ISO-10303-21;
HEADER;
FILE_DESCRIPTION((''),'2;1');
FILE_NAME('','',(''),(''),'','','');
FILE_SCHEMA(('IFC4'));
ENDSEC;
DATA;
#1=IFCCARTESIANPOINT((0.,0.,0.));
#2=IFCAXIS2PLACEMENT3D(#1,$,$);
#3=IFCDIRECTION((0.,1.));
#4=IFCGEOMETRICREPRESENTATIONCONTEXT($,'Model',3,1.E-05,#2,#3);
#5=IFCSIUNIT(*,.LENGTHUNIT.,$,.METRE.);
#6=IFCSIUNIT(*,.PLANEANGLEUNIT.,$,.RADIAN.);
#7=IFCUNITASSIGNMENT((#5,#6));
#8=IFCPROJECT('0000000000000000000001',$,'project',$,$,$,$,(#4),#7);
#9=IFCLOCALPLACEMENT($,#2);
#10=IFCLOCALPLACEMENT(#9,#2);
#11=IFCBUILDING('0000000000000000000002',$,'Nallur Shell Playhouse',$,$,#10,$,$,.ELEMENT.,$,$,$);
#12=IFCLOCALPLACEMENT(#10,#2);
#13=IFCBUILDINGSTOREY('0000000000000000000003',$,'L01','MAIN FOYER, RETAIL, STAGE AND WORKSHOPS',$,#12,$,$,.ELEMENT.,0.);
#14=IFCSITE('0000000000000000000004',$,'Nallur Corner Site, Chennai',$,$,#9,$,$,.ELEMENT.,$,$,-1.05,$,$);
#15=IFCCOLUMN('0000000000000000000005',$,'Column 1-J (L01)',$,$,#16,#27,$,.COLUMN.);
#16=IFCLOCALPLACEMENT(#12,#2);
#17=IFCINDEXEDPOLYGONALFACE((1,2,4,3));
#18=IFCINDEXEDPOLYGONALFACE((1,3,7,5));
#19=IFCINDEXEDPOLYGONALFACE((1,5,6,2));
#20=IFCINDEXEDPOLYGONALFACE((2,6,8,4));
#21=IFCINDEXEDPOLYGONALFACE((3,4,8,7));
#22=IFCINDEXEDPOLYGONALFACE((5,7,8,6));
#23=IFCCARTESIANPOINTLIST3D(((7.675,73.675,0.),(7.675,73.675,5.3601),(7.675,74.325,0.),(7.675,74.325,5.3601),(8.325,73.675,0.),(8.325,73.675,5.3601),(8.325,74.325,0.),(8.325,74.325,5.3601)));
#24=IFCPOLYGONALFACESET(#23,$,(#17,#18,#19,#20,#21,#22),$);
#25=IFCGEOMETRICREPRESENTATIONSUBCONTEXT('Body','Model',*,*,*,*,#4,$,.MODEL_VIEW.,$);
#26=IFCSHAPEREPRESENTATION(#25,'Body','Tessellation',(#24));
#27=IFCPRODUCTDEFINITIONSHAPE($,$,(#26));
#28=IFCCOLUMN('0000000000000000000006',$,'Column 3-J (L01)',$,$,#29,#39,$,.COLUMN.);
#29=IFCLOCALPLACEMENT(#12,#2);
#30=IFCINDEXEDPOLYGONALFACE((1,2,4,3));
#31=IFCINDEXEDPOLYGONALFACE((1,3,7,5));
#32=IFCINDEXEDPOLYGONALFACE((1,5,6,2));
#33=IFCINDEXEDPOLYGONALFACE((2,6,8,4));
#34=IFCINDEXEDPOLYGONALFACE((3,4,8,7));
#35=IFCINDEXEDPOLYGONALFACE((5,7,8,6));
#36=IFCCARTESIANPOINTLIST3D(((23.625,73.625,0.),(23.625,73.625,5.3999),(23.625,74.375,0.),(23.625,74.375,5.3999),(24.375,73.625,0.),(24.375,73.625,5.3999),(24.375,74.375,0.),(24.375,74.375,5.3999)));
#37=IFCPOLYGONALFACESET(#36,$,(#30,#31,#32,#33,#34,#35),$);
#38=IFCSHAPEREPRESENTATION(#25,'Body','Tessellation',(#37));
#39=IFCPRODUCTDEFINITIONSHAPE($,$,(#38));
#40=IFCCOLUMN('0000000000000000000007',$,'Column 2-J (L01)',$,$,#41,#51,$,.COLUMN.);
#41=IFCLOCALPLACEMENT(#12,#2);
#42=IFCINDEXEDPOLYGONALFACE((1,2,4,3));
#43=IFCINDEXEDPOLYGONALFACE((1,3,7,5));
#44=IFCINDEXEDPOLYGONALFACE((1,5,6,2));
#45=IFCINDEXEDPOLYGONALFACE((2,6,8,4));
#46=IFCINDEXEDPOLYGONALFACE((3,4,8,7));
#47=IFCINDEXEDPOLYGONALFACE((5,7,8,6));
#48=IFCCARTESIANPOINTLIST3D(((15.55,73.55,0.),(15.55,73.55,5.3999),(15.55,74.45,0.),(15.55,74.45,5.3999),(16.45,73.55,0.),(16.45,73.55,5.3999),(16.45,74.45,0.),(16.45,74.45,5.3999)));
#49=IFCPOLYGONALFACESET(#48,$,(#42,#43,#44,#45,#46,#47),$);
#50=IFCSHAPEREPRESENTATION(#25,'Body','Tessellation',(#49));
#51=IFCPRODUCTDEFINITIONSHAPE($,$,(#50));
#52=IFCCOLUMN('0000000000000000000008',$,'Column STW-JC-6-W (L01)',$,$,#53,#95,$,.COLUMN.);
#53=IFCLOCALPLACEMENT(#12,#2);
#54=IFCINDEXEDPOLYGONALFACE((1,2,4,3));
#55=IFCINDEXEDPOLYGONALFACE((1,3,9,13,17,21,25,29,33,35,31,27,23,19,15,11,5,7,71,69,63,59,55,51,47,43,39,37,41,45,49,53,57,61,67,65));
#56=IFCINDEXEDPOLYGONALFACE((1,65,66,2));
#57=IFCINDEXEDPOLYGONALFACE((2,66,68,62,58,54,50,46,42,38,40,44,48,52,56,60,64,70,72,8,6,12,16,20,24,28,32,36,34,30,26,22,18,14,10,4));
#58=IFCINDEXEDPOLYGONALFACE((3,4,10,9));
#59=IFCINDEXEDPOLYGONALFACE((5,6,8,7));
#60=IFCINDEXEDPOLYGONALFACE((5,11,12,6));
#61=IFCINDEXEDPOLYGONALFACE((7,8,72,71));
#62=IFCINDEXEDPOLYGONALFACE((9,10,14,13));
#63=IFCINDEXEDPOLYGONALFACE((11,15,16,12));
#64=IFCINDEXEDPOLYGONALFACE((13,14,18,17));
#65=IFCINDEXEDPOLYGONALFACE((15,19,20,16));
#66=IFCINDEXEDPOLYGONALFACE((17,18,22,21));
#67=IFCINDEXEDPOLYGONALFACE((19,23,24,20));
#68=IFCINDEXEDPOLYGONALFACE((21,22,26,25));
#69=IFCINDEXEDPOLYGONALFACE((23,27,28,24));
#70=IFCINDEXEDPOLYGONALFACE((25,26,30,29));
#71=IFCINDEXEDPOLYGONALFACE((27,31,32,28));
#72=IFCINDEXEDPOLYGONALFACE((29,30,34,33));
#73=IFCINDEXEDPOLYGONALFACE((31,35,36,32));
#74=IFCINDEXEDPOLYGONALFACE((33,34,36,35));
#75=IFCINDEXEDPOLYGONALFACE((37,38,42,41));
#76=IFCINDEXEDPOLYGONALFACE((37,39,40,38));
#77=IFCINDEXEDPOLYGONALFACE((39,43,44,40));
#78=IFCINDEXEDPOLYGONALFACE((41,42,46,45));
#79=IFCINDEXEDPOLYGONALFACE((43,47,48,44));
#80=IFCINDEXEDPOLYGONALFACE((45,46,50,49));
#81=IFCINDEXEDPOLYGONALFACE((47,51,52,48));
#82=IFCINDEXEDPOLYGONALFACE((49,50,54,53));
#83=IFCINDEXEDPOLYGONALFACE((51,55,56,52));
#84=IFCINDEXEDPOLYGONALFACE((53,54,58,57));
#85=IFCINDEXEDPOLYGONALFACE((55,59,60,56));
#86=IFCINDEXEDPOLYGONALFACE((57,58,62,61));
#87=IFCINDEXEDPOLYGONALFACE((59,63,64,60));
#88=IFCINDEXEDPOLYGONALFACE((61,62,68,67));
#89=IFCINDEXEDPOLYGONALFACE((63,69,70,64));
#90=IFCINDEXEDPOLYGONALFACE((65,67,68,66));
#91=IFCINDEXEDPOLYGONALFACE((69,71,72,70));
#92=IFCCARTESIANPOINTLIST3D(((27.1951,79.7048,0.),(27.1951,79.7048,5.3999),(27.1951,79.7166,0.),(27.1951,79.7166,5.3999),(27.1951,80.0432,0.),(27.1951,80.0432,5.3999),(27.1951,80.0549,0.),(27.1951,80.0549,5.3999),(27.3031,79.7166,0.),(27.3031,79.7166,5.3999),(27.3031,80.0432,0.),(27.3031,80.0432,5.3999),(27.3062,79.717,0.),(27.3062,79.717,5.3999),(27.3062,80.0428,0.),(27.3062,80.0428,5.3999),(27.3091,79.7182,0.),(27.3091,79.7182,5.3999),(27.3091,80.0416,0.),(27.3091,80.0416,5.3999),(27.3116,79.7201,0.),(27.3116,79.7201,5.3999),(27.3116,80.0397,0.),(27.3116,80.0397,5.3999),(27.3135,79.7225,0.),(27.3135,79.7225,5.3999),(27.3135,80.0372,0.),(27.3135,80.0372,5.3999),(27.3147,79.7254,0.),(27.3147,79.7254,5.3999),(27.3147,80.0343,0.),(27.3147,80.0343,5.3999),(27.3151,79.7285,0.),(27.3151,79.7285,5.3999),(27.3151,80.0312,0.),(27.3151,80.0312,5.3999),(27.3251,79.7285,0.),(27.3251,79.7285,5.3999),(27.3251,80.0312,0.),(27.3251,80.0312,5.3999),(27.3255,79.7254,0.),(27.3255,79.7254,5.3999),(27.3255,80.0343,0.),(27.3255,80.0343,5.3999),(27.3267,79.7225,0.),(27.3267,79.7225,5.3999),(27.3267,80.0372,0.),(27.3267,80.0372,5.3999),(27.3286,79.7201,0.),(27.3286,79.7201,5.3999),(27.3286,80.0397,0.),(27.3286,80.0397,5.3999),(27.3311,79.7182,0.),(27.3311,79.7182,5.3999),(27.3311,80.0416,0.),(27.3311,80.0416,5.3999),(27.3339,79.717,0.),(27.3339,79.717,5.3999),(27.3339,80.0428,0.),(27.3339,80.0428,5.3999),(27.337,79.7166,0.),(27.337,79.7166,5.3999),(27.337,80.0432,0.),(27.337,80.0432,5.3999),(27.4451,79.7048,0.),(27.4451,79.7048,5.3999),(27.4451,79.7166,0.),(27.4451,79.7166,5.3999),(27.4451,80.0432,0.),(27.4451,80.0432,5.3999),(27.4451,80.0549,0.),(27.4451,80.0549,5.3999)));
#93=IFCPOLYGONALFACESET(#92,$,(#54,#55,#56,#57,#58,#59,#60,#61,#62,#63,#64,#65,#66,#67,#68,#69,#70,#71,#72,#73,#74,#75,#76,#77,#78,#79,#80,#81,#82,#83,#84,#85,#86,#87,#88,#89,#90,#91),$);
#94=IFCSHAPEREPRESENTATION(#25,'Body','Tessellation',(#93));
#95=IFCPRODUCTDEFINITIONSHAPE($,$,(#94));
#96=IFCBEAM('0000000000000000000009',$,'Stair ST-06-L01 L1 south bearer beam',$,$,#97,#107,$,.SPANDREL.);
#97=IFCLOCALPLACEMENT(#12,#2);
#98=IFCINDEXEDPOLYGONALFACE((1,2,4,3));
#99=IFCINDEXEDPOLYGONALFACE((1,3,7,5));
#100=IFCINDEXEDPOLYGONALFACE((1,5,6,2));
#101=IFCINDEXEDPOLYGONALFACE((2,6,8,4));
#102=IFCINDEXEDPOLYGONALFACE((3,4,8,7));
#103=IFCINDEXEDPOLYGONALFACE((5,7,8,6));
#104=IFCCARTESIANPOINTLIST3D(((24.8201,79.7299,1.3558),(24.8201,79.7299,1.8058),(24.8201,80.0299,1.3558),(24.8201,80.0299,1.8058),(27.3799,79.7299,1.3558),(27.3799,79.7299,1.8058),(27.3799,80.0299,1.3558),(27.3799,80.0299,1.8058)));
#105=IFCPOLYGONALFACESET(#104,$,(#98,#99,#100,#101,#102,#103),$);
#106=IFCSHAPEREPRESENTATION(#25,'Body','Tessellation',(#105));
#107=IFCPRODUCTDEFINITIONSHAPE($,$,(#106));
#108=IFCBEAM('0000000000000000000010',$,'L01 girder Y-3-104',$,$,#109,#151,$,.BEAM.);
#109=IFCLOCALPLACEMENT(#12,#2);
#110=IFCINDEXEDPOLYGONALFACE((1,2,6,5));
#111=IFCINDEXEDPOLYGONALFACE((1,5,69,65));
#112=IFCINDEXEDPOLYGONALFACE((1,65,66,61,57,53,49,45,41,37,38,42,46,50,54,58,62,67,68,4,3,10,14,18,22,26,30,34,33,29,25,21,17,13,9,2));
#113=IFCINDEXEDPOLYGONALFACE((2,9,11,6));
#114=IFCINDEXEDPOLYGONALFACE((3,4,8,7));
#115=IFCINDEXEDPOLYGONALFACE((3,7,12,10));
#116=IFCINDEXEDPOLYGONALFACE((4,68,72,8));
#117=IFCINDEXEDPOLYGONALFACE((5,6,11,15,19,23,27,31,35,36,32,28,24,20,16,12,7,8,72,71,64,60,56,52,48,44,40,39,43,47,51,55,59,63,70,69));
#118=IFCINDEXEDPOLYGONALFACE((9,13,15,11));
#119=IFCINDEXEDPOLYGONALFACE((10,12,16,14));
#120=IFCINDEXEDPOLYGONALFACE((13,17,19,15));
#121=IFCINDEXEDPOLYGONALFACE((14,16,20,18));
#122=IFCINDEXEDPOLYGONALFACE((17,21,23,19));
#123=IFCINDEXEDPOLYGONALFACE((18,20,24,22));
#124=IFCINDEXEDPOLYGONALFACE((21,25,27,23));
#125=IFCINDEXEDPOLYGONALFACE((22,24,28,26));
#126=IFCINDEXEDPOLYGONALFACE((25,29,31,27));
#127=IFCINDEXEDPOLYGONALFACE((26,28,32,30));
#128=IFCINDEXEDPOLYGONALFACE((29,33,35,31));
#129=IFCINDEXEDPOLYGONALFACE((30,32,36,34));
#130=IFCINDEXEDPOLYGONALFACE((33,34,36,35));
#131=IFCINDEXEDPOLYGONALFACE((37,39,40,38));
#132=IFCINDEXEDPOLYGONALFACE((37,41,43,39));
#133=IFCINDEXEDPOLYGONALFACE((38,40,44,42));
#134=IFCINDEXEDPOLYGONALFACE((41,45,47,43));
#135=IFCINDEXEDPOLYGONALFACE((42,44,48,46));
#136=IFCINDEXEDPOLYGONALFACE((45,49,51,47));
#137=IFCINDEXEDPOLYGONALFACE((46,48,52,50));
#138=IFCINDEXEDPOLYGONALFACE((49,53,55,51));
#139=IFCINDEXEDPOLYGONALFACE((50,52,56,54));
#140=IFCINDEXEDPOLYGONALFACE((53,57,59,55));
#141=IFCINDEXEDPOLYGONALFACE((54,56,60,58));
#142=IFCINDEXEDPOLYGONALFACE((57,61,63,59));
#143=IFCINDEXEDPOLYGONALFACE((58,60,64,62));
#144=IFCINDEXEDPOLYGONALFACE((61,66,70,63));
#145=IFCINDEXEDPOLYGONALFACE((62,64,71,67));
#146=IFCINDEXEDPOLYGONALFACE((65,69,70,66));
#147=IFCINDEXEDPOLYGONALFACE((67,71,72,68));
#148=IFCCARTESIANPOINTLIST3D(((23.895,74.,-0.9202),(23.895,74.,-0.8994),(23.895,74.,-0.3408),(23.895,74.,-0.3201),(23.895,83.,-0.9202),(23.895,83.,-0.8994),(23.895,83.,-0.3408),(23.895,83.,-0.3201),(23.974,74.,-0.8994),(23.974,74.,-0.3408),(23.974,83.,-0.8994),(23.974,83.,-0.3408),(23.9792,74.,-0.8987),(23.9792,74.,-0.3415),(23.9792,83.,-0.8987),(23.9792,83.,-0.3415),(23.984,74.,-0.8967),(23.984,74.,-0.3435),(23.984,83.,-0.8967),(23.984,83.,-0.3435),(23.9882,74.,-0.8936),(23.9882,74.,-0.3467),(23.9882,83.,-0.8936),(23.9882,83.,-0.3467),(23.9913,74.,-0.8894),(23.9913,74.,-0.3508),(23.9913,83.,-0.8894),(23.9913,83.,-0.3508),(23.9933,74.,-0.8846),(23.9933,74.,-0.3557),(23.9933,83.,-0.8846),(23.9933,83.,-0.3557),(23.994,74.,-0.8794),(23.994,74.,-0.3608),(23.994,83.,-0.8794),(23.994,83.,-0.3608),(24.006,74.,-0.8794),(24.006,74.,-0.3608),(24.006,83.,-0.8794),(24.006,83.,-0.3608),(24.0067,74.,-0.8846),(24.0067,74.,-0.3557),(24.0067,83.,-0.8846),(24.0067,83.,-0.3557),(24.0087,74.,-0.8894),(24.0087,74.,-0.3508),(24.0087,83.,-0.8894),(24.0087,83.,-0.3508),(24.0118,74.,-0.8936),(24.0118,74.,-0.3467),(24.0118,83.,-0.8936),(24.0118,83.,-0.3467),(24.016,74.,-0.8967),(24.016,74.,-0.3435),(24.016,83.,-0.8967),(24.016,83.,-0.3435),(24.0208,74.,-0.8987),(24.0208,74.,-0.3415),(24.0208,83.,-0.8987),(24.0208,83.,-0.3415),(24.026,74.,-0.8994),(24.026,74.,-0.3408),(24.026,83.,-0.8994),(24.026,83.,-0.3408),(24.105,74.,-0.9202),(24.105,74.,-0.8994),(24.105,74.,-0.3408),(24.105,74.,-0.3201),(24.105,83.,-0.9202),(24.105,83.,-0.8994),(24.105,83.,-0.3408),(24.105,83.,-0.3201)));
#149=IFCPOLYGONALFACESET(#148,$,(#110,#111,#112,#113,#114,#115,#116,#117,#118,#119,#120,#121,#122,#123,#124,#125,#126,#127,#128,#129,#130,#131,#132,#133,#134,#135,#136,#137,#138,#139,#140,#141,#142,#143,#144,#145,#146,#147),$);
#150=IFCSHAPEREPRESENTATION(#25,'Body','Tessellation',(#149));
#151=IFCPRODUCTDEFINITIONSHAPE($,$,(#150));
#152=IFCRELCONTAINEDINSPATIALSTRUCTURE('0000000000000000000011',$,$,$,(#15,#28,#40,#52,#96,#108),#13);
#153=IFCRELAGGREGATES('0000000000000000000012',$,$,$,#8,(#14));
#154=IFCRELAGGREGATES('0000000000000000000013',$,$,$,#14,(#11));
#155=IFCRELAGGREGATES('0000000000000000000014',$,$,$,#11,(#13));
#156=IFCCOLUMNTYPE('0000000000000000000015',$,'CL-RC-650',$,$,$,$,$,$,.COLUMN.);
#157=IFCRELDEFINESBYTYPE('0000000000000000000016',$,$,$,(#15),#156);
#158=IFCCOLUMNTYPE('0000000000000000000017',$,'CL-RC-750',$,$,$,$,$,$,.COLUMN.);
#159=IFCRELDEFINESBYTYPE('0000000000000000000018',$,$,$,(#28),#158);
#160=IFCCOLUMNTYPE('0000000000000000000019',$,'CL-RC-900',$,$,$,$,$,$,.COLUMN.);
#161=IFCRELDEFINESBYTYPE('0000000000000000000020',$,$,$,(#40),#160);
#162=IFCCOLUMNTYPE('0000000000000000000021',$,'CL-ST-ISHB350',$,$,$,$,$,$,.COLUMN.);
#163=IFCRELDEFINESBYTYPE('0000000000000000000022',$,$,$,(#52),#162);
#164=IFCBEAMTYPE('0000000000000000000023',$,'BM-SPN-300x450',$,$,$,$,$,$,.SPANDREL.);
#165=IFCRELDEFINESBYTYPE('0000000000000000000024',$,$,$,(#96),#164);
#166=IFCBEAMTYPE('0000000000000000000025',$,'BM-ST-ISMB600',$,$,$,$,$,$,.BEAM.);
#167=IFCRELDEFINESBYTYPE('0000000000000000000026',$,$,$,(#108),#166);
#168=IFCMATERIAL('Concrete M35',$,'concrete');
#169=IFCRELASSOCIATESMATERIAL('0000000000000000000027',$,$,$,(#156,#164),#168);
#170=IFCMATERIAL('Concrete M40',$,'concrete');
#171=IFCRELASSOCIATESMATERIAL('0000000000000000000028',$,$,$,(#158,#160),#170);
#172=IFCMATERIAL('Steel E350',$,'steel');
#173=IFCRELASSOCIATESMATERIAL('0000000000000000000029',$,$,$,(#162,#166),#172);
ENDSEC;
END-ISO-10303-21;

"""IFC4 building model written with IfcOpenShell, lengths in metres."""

from ifc_helpers import new_model, si_unit, direction, frame, origin, origin_2d, place, context, subcontext, project, spatial, rectangle, i_section, extrude, material, material_profile, profile_set, type_object, element, save


model = new_model("IFC4")

# Units and contexts
model_context = context("Model", 3, precision=1e-05, world=origin(), true_north=direction((0.0, 1.0)))
body_context = subcontext(model_context, "Body", "Model", "MODEL_VIEW")
ifc_project = project(units=[si_unit("LENGTHUNIT", "METRE"), si_unit("PLANEANGLEUNIT", "RADIAN")], contexts=[model_context])

# Site, building, storey
site_placement = place(None, origin())
site = spatial("IfcSite", under=ifc_project, at=site_placement, Name="Nallur Corner Site, Chennai", CompositionType="ELEMENT", RefElevation=-1.05)
building_placement = place(site_placement, origin())
building = spatial("IfcBuilding", under=site, at=building_placement, Name="Nallur Shell Playhouse", CompositionType="ELEMENT")
storey_placement = place(building_placement, origin())
storey = spatial("IfcBuildingStorey", under=building, at=storey_placement, Name="L01", Description="MAIN FOYER, RETAIL, STAGE AND WORKSHOPS", CompositionType="ELEMENT", Elevation=0.0)

# Columns
ifc_material_1 = material(Name="Concrete M35", Category="concrete")
ifc_material_profile_1 = material_profile(ifc_material_1, rectangle(XDim=0.6499, YDim=0.6499, at=origin_2d()), Name="RC 650x650")
ifc_profile_set_1 = profile_set([ifc_material_profile_1], Name="Concrete M35")
column_type_1 = type_object("IfcColumnType", Name="CL-RC-650", PredefinedType="COLUMN", material=ifc_profile_set_1)
column_1_placement = place(storey_placement, frame((8.0, 74.0, 0.0), z_axis=(0.0, 0.0, 1.0), x_axis=(1.0, 0.0, 0.0)))
element("IfcColumn", 1, at=column_1_placement, inside=storey, type_object=column_type_1, Name="Column 1-J (L01)", PredefinedType="COLUMN", context=body_context, shape_type="SweptSolid", body=[
    extrude(rectangle(XDim=0.6499, YDim=0.6499, at=origin_2d()), origin(), (0.0, 0.0, 1.0), 5.3601),
])
ifc_material_2 = material(Name="Concrete M40", Category="concrete")
ifc_material_profile_2 = material_profile(ifc_material_2, rectangle(XDim=0.75, YDim=0.75, at=origin_2d()), Name="RC 750x750")
ifc_profile_set_2 = profile_set([ifc_material_profile_2], Name="Concrete M40")
column_type_2 = type_object("IfcColumnType", Name="CL-RC-750", PredefinedType="COLUMN", material=ifc_profile_set_2)
column_2_placement = place(storey_placement, frame((24.0, 74.0, 0.0), z_axis=(0.0, 0.0, 1.0), x_axis=(1.0, 0.0, 0.0)))
element("IfcColumn", 2, at=column_2_placement, inside=storey, type_object=column_type_2, Name="Column 3-J (L01)", PredefinedType="COLUMN", context=body_context, shape_type="SweptSolid", body=[
    extrude(rectangle(XDim=0.75, YDim=0.75, at=origin_2d()), origin(), (0.0, 0.0, 1.0), 5.3999),
])
ifc_material_profile_3 = material_profile(ifc_material_2, rectangle(XDim=0.8999, YDim=0.8999, at=origin_2d()), Name="RC 900x900")
ifc_profile_set_3 = profile_set([ifc_material_profile_3], Name="Concrete M40")
column_type_3 = type_object("IfcColumnType", Name="CL-RC-900", PredefinedType="COLUMN", material=ifc_profile_set_3)
column_3_placement = place(storey_placement, frame((16.0, 74.0, 0.0), z_axis=(0.0, 0.0, 1.0), x_axis=(1.0, 0.0, 0.0)))
element("IfcColumn", 3, at=column_3_placement, inside=storey, type_object=column_type_3, Name="Column 2-J (L01)", PredefinedType="COLUMN", context=body_context, shape_type="SweptSolid", body=[
    extrude(rectangle(XDim=0.8999, YDim=0.8999, at=origin_2d()), origin(), (0.0, 0.0, 1.0), 5.3999),
])
ifc_material_3 = material(Name="Steel E350", Category="steel")
ifc_material_profile_4 = material_profile(ifc_material_3, i_section(OverallWidth=0.25, OverallDepth=0.3501, WebThickness=0.01, FlangeThickness=0.0117, FilletRadius=0.012, at=origin_2d()), Name="ISHB 350")
ifc_profile_set_4 = profile_set([ifc_material_profile_4], Name="Steel E350")
column_type_4 = type_object("IfcColumnType", Name="CL-ST-ISHB350", PredefinedType="COLUMN", material=ifc_profile_set_4)
column_4_placement = place(storey_placement, frame((27.3201, 79.8799, 0.0), z_axis=(0.0, 0.0, 1.0), x_axis=(1.0, 0.0, 0.0)))
element("IfcColumn", 4, at=column_4_placement, inside=storey, type_object=column_type_4, Name="Column STW-JC-6-W (L01)", PredefinedType="COLUMN", context=body_context, shape_type="SweptSolid", body=[
    extrude(i_section(OverallWidth=0.25, OverallDepth=0.3501, WebThickness=0.01, FlangeThickness=0.0117, FilletRadius=0.012, at=origin_2d()), origin(), (0.0, 0.0, 1.0), 5.3999),
])

# Beams
ifc_material_profile_5 = material_profile(ifc_material_1, rectangle(XDim=0.3, YDim=0.45, at=origin_2d()), Name="RC 300x450")
ifc_profile_set_5 = profile_set([ifc_material_profile_5], Name="Concrete M35")
beam_type_1 = type_object("IfcBeamType", Name="BM-SPN-300x450", PredefinedType="SPANDREL", material=ifc_profile_set_5)
beam_1_placement = place(storey_placement, frame((24.8201, 79.8799, 1.5808), z_axis=(1.0, 0.0, 0.0), x_axis=(0.0, 1.0, 0.0)))
element("IfcBeam", 5, at=beam_1_placement, inside=storey, type_object=beam_type_1, Name="Stair ST-06-L01 L1 south bearer beam", PredefinedType="SPANDREL", context=body_context, shape_type="SweptSolid", body=[
    extrude(rectangle(XDim=0.3, YDim=0.45, at=origin_2d()), origin(), (0.0, 0.0, 1.0), 2.5598),
])
ifc_material_profile_6 = material_profile(ifc_material_3, i_section(OverallWidth=0.21, OverallDepth=0.6001, WebThickness=0.012, FlangeThickness=0.0208, FilletRadius=0.02, at=origin_2d()), Name="ISMB 600")
ifc_profile_set_6 = profile_set([ifc_material_profile_6], Name="Steel E350")
beam_type_2 = type_object("IfcBeamType", Name="BM-ST-ISMB600", PredefinedType="BEAM", material=ifc_profile_set_6)
beam_2_placement = place(storey_placement, frame((24.0, 74.0, -0.6201), z_axis=(0.0, 1.0, 0.0), x_axis=(-1.0, 0.0, 0.0)))
element("IfcBeam", 6, at=beam_2_placement, inside=storey, type_object=beam_type_2, Name="L01 girder Y-3-104", PredefinedType="BEAM", context=body_context, shape_type="SweptSolid", body=[
    extrude(i_section(OverallWidth=0.21, OverallDepth=0.6001, WebThickness=0.012, FlangeThickness=0.0208, FilletRadius=0.02, at=origin_2d()), origin(), (0.0, 0.0, 1.0), 9.0),
])

save(model, "model.ifc")
